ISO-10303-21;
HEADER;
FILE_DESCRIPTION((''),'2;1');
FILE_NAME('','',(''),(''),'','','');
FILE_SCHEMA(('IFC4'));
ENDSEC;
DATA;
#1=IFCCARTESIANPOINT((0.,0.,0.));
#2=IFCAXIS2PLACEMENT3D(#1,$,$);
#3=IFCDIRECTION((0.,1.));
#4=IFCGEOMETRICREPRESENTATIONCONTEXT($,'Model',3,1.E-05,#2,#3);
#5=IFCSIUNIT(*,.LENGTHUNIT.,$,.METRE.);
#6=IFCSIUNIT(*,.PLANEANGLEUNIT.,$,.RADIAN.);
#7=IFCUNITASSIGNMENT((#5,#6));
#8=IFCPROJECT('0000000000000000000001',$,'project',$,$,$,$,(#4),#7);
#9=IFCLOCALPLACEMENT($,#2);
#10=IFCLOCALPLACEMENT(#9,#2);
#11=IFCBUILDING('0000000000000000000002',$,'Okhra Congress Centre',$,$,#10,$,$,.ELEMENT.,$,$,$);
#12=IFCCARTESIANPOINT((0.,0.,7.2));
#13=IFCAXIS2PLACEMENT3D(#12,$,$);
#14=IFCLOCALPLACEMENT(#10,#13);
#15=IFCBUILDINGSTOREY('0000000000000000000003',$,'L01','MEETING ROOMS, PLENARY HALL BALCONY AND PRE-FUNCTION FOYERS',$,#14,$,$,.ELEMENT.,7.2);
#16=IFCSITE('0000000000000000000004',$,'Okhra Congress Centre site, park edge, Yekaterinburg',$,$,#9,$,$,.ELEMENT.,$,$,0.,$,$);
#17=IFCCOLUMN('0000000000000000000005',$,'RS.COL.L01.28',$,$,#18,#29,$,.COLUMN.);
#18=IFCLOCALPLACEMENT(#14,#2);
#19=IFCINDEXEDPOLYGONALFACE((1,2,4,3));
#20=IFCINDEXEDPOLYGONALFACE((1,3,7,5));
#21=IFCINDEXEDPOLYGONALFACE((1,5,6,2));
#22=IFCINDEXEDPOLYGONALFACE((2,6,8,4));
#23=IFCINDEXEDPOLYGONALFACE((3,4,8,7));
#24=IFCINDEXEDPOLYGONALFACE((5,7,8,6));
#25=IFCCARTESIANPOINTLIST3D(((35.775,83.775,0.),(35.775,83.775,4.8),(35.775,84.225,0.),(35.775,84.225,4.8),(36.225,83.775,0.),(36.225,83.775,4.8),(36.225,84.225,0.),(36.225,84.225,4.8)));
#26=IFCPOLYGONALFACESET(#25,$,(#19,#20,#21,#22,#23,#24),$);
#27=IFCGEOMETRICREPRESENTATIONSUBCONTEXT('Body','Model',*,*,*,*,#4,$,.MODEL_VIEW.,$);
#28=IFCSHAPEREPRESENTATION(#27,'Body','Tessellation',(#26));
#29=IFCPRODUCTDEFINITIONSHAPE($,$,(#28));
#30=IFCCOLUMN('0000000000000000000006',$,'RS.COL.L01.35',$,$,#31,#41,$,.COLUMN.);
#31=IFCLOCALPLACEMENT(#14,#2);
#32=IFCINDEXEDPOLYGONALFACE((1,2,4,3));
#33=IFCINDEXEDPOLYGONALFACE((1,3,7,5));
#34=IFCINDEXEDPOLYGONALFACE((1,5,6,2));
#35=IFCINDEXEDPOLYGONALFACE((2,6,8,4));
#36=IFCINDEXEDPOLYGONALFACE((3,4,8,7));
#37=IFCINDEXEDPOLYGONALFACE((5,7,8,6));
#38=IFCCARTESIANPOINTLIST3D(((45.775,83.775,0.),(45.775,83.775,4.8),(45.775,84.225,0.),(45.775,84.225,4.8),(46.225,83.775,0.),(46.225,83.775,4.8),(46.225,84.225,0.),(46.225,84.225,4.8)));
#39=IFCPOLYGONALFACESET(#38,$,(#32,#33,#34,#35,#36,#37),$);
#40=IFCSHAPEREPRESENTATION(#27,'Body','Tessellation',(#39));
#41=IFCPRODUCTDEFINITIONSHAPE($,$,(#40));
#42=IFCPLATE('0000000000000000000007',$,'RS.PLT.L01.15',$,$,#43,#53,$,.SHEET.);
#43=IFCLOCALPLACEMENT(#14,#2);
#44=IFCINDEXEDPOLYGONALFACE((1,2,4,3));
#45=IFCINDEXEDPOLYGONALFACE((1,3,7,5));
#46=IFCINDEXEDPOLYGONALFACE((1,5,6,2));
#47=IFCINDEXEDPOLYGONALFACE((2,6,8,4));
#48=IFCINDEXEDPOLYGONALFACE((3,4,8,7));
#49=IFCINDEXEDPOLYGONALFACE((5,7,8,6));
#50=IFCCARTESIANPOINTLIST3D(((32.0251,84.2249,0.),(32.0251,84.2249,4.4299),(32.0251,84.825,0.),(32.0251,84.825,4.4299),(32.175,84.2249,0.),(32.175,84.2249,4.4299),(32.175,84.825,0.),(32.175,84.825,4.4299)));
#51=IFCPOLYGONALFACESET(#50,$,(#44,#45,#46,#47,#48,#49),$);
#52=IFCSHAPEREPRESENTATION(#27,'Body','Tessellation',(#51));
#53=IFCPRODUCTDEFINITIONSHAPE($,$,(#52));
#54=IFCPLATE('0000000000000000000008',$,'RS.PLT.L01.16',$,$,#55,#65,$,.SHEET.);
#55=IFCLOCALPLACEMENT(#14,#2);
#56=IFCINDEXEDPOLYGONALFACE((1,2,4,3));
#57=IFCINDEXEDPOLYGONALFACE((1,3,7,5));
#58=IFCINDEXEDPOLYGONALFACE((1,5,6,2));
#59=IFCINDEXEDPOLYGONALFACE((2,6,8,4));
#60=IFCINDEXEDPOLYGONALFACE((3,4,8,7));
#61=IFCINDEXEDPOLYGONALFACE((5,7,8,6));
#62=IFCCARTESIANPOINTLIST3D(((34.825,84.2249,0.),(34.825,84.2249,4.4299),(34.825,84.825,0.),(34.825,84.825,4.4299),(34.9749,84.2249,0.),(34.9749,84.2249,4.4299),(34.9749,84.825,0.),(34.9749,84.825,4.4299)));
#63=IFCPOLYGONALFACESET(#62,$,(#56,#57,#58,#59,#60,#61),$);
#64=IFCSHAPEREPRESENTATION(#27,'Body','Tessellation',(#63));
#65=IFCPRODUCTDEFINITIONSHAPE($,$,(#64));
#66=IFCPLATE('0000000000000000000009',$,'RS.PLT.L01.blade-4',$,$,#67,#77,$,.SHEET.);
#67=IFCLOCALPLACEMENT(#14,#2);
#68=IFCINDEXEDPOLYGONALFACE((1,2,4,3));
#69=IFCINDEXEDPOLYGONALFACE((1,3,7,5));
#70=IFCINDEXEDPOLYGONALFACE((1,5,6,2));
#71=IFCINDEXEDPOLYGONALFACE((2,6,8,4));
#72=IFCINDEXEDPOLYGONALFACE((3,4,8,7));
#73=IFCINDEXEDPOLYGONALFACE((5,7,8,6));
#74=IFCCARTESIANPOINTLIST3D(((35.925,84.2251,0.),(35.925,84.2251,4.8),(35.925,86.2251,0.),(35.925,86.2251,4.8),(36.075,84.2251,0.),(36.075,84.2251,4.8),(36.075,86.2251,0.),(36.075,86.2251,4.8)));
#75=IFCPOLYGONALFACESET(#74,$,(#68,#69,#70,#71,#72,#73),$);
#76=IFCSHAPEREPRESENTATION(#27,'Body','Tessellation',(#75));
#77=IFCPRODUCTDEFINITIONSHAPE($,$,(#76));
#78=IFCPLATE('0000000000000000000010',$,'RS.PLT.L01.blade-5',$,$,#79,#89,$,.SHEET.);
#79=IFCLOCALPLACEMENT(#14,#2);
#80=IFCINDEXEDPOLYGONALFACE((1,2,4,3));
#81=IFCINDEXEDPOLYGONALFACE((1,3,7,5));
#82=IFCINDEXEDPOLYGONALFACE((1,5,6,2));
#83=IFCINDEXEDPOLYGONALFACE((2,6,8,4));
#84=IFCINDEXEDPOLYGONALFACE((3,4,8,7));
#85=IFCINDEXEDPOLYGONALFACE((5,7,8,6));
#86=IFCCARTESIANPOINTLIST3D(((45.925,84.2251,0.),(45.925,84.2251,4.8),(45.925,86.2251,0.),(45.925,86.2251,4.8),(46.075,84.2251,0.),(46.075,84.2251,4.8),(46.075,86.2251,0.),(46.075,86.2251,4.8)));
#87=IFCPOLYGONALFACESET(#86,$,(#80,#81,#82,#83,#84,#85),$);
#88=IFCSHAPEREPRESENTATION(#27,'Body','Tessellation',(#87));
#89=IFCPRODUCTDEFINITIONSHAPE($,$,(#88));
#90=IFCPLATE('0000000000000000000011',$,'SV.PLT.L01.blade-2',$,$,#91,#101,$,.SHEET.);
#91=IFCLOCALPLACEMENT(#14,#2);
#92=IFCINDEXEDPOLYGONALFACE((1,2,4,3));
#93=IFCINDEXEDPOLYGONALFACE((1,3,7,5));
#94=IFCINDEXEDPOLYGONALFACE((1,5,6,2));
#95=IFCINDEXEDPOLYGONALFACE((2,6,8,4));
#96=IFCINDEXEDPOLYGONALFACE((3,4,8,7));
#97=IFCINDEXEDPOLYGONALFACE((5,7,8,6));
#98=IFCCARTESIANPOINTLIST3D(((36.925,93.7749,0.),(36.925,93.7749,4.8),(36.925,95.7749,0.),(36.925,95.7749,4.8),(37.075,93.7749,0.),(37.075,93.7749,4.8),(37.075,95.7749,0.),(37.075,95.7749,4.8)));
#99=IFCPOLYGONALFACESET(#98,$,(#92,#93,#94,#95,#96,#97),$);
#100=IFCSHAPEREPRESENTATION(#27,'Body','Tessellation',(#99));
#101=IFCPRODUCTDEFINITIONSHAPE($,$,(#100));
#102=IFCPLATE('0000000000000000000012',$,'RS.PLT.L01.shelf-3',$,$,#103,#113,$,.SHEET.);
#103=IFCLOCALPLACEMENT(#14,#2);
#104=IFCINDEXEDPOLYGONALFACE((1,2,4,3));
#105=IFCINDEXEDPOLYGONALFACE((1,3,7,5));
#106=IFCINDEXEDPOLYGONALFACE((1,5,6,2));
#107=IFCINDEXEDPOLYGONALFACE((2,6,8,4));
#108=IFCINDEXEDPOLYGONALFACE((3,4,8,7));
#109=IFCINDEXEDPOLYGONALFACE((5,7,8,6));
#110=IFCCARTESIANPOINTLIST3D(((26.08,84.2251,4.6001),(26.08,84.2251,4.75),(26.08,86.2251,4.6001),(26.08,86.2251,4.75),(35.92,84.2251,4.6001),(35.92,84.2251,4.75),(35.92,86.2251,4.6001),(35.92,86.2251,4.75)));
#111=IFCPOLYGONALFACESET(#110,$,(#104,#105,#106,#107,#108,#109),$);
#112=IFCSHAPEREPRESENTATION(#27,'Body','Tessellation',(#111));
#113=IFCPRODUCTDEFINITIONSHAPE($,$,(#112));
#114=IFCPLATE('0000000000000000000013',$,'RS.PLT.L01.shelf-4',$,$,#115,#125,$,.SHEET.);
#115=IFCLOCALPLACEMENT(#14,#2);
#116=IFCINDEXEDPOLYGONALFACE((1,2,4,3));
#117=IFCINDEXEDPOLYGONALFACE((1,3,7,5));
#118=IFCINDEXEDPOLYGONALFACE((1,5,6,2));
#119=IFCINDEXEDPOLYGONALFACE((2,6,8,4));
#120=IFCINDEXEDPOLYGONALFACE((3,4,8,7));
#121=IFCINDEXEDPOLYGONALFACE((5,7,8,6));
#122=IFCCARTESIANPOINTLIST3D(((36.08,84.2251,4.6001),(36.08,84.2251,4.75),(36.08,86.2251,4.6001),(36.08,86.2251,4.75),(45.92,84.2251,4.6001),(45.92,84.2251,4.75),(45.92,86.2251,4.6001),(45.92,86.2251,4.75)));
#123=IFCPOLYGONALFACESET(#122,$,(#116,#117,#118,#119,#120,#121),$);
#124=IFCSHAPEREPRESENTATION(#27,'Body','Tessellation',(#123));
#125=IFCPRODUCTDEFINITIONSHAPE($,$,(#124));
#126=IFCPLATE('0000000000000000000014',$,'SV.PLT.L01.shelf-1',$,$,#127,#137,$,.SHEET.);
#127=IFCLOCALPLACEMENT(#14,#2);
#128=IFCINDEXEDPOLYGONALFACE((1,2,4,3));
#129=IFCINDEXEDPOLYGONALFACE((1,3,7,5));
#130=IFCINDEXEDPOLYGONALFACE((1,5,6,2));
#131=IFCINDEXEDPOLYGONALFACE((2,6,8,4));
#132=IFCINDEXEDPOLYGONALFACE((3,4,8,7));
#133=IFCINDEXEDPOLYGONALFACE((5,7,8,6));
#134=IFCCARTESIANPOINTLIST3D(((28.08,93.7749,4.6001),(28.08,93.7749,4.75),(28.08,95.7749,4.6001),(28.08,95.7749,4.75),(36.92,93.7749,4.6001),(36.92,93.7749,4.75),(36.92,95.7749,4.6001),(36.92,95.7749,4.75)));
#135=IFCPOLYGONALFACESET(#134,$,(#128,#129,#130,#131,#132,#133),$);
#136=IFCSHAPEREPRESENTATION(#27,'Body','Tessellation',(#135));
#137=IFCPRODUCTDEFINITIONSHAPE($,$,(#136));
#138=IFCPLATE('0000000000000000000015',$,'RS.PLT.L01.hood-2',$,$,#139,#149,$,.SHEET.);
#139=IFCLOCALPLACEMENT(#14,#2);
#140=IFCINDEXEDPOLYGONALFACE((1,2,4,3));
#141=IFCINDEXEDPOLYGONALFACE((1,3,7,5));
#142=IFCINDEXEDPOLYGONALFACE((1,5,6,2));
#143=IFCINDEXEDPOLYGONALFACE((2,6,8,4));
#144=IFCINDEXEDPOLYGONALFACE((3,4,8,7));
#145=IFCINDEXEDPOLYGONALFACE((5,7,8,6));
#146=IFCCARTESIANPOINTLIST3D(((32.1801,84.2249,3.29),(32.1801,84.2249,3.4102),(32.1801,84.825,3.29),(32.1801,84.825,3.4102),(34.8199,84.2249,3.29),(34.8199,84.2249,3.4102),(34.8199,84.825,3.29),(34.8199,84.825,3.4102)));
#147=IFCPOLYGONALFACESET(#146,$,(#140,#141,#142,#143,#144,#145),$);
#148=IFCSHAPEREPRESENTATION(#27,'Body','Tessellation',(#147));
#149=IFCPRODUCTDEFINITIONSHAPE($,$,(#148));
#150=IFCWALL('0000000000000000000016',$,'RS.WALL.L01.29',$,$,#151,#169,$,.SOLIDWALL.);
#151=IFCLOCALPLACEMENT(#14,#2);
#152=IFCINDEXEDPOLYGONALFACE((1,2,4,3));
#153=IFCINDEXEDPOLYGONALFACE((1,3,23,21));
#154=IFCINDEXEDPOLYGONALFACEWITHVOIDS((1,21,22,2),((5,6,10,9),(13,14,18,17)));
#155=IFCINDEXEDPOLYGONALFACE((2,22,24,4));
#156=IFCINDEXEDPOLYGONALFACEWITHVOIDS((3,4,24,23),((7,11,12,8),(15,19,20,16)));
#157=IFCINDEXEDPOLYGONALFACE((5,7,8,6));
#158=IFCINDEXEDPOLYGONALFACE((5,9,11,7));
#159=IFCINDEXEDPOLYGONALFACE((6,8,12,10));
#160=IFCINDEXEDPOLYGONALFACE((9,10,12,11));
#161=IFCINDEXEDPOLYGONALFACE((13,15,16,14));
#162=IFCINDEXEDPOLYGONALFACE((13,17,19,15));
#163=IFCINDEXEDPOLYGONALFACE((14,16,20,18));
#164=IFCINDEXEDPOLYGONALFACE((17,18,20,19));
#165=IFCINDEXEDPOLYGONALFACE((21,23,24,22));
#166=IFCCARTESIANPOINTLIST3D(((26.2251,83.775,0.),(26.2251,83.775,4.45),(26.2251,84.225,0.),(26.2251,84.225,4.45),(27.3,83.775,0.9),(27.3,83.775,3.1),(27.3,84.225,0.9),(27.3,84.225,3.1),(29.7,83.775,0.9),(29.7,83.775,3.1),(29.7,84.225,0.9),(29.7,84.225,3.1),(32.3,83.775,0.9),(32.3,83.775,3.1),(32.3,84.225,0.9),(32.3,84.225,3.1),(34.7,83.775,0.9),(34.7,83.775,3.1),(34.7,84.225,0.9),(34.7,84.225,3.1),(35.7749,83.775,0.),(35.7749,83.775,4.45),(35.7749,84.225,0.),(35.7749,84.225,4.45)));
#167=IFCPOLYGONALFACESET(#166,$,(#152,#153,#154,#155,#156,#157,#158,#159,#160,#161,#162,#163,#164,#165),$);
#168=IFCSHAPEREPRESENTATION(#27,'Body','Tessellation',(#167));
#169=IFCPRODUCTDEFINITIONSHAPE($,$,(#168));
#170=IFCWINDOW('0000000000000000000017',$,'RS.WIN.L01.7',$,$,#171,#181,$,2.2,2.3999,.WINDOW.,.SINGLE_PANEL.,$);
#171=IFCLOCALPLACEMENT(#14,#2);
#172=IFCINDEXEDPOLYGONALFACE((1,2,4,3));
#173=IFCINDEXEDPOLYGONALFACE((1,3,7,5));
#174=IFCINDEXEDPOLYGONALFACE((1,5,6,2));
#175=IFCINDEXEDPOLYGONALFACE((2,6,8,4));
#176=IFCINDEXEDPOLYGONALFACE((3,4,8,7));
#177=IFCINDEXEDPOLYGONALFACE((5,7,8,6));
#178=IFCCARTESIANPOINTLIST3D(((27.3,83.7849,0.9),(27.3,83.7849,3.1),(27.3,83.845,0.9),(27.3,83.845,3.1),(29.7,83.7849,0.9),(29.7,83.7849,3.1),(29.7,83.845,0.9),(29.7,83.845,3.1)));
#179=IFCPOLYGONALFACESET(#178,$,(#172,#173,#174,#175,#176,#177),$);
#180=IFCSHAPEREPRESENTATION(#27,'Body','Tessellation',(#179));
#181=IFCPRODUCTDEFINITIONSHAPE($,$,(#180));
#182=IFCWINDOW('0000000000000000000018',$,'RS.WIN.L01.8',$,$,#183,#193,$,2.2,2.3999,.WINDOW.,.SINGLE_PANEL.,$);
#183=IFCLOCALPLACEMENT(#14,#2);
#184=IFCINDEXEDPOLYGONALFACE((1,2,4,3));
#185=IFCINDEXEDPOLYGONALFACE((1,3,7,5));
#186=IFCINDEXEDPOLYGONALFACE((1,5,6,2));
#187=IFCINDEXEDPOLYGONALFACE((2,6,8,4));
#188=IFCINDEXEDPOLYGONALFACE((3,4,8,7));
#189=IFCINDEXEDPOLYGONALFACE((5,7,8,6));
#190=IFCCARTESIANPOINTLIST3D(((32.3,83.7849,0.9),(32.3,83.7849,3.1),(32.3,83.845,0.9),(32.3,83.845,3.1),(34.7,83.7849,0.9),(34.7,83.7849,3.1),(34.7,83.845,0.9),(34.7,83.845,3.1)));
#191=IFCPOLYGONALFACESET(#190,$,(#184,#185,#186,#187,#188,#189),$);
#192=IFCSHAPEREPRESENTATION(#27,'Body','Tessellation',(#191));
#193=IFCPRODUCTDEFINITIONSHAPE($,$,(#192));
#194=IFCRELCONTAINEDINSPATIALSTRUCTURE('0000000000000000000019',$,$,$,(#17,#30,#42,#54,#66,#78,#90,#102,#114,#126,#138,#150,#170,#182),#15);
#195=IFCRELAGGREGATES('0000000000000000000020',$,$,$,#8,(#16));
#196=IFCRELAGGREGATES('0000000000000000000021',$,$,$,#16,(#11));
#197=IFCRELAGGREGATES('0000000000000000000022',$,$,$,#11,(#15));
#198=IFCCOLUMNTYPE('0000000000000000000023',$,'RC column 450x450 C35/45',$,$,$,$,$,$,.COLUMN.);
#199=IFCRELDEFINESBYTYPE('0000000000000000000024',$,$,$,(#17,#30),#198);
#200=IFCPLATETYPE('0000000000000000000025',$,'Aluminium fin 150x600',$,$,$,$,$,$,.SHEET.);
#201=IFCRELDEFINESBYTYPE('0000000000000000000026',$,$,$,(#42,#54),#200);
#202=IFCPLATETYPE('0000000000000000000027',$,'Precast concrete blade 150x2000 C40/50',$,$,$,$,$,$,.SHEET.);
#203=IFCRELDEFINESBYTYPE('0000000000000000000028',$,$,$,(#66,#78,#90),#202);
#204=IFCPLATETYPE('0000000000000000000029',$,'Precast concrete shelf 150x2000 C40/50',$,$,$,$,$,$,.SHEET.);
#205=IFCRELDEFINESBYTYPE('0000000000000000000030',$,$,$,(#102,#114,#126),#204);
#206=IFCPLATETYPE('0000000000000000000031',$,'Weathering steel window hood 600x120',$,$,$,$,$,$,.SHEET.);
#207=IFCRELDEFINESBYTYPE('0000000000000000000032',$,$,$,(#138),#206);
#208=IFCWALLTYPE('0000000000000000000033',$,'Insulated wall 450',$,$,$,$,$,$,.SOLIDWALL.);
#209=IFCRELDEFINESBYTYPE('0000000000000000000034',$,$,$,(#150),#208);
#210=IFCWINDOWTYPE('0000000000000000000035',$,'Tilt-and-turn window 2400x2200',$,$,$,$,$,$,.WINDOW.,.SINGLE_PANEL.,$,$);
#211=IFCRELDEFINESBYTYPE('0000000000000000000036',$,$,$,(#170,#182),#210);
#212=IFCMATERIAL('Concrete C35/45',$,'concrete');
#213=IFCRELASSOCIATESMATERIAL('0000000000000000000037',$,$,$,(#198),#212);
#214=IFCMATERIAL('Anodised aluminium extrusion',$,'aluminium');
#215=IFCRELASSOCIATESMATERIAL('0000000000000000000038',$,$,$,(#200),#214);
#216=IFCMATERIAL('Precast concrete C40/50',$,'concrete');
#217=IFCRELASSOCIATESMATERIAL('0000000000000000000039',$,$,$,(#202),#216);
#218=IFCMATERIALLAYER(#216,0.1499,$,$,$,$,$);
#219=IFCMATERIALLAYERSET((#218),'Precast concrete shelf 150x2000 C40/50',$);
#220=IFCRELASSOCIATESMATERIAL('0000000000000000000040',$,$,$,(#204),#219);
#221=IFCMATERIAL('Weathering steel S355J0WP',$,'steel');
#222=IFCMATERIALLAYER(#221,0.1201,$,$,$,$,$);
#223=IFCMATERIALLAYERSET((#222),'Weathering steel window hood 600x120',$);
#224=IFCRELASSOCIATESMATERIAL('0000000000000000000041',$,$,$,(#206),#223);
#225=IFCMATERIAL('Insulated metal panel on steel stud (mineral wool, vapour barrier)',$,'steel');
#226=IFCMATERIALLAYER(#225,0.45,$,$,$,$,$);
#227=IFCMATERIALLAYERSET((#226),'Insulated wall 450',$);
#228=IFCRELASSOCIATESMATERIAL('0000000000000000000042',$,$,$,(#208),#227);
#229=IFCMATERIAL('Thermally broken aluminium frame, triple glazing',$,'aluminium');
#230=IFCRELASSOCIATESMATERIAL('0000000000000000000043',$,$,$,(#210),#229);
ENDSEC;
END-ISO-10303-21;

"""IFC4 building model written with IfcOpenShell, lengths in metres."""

from ifc_helpers import new_model, si_unit, direction, frame, frame_2d, origin, origin_2d, place, context, subcontext, project, spatial, rectangle, extrude, material, layer, layer_set, material_profile, profile_set, type_object, element, fill, save


model = new_model("IFC4")

# Units and contexts
model_context = context("Model", 3, precision=1e-05, world=origin(), true_north=direction((0.0, 1.0)))
body_context = subcontext(model_context, "Body", "Model", "MODEL_VIEW")
ifc_project = project(units=[si_unit("LENGTHUNIT", "METRE"), si_unit("PLANEANGLEUNIT", "RADIAN")], contexts=[model_context])

# Site, building, storey
site_placement = place(None, origin())
site = spatial("IfcSite", under=ifc_project, at=site_placement, Name="Okhra Congress Centre site, park edge, Yekaterinburg", CompositionType="ELEMENT", RefElevation=0.0)
building_placement = place(site_placement, origin())
building = spatial("IfcBuilding", under=site, at=building_placement, Name="Okhra Congress Centre", CompositionType="ELEMENT")
storey_placement = place(building_placement, frame((0.0, 0.0, 7.2)))
storey = spatial("IfcBuildingStorey", under=building, at=storey_placement, Name="L01", Description="MEETING ROOMS, PLENARY HALL BALCONY AND PRE-FUNCTION FOYERS", CompositionType="ELEMENT", Elevation=7.2)

# Columns
ifc_material_1 = material(Name="Concrete C35/45", Category="concrete")
ifc_material_profile = material_profile(ifc_material_1, rectangle(XDim=0.45, YDim=0.45, at=origin_2d()), Name="RC 450x450")
ifc_profile_set = profile_set([ifc_material_profile], Name="Concrete C35/45")
column_type = type_object("IfcColumnType", Name="RC column 450x450 C35/45", PredefinedType="COLUMN", material=ifc_profile_set)
for number, where, z_axis, x_axis, name in (
    (1, (36.0, 84.0, 0.0), (0.0, 0.0, 1.0), (1.0, 0.0, 0.0), "RS.COL.L01.28"),
    (2, (46.0, 84.0, 0.0), (0.0, 0.0, 1.0), (1.0, 0.0, 0.0), "RS.COL.L01.35"),
):
    element("IfcColumn", number, at=place(storey_placement, frame(where, z_axis=z_axis, x_axis=x_axis)), inside=storey, type_object=column_type, Name=name, PredefinedType="COLUMN", context=body_context, shape_type="SweptSolid", body=[
        extrude(rectangle(XDim=0.45, YDim=0.45, at=origin_2d()), origin(), (0.0, 0.0, 1.0), 4.8),
    ])

# Plates
ifc_material_2 = material(Name="Anodised aluminium extrusion", Category="aluminium")
plate_type_1 = type_object("IfcPlateType", Name="Aluminium fin 150x600", PredefinedType="SHEET", material=ifc_material_2)
for number, where, z_axis, x_axis, name in (
    (3, (32.1001, 84.5249, 0.0), (0.0, 0.0, 1.0), (-1.0, 0.0, 0.0), "RS.PLT.L01.15"),
    (4, (34.8999, 84.5249, 0.0), (0.0, 0.0, 1.0), (-1.0, 0.0, 0.0), "RS.PLT.L01.16"),
):
    element("IfcPlate", number, at=place(storey_placement, frame(where, z_axis=z_axis, x_axis=x_axis)), inside=storey, type_object=plate_type_1, Name=name, PredefinedType="SHEET", context=body_context, shape_type="SweptSolid", body=[
        extrude(rectangle(XDim=0.1499, YDim=0.6001, at=origin_2d()), origin(), (0.0, 0.0, 1.0), 4.4299),
    ])
ifc_material_3 = material(Name="Precast concrete C40/50", Category="concrete")
plate_type_2 = type_object("IfcPlateType", Name="Precast concrete blade 150x2000 C40/50", PredefinedType="SHEET", material=ifc_material_3)
for number, where, z_axis, x_axis, name in (
    (5, (36.0, 85.2251, 0.0), (0.0, 0.0, 1.0), (-1.0, 0.0, 0.0), "RS.PLT.L01.blade-4"),
    (6, (46.0, 85.2251, 0.0), (0.0, 0.0, 1.0), (-1.0, 0.0, 0.0), "RS.PLT.L01.blade-5"),
    (7, (37.0, 94.7749, 0.0), (0.0, 0.0, 1.0), (1.0, 0.0, 0.0), "SV.PLT.L01.blade-2"),
):
    element("IfcPlate", number, at=place(storey_placement, frame(where, z_axis=z_axis, x_axis=x_axis)), inside=storey, type_object=plate_type_2, Name=name, PredefinedType="SHEET", context=body_context, shape_type="SweptSolid", body=[
        extrude(rectangle(XDim=0.1499, YDim=2.0, at=origin_2d()), origin(), (0.0, 0.0, 1.0), 4.8),
    ])
ifc_layer_1 = layer(ifc_material_3, 0.1499)
ifc_layer_set_1 = layer_set([ifc_layer_1], Name="Precast concrete shelf 150x2000 C40/50")
plate_type_3 = type_object("IfcPlateType", Name="Precast concrete shelf 150x2000 C40/50", PredefinedType="SHEET", material=ifc_layer_set_1)
for number, where, z_axis, x_axis, name in (
    (8, (31.0, 85.2251, 4.6001), (0.0, 0.0, 1.0), (-1.0, 0.0, 0.0), "RS.PLT.L01.shelf-3"),
    (9, (41.0, 85.2251, 4.6001), (0.0, 0.0, 1.0), (-1.0, 0.0, 0.0), "RS.PLT.L01.shelf-4"),
):
    element("IfcPlate", number, at=place(storey_placement, frame(where, z_axis=z_axis, x_axis=x_axis)), inside=storey, type_object=plate_type_3, Name=name, PredefinedType="SHEET", context=body_context, shape_type="SweptSolid", body=[
        extrude(rectangle(XDim=9.8401, YDim=2.0, at=origin_2d()), origin(), (0.0, 0.0, 1.0), 0.1499),
    ])
plate_1_placement = place(storey_placement, frame((32.5, 94.7749, 4.6001), z_axis=(0.0, 0.0, 1.0), x_axis=(1.0, 0.0, 0.0)))
element("IfcPlate", 10, at=plate_1_placement, inside=storey, type_object=plate_type_3, Name="SV.PLT.L01.shelf-1", PredefinedType="SHEET", context=body_context, shape_type="SweptSolid", body=[
    extrude(rectangle(XDim=8.8401, YDim=2.0, at=origin_2d()), origin(), (0.0, 0.0, 1.0), 0.1499),
])
ifc_material_4 = material(Name="Weathering steel S355J0WP", Category="steel")
ifc_layer_2 = layer(ifc_material_4, 0.1201)
ifc_layer_set_2 = layer_set([ifc_layer_2], Name="Weathering steel window hood 600x120")
plate_type_4 = type_object("IfcPlateType", Name="Weathering steel window hood 600x120", PredefinedType="SHEET", material=ifc_layer_set_2)
plate_2_placement = place(storey_placement, frame((33.5, 84.5249, 3.29), z_axis=(0.0, 0.0, 1.0), x_axis=(-1.0, 0.0, 0.0)))
element("IfcPlate", 11, at=plate_2_placement, inside=storey, type_object=plate_type_4, Name="RS.PLT.L01.hood-2", PredefinedType="SHEET", context=body_context, shape_type="SweptSolid", body=[
    extrude(rectangle(XDim=2.6399, YDim=0.6001, at=origin_2d()), origin(), (0.0, 0.0, 1.0), 0.1201),
])

# Wall, openings, windows
ifc_material_5 = material(Name="Insulated metal panel on steel stud (mineral wool, vapour barrier)", Category="steel")
ifc_layer_3 = layer(ifc_material_5, 0.45)
ifc_layer_set_3 = layer_set([ifc_layer_3], Name="Insulated wall 450")
wall_type_1 = type_object("IfcWallType", Name="Insulated wall 450", PredefinedType="SOLIDWALL", material=ifc_layer_set_3)
wall_1_placement = place(storey_placement, frame((35.7749, 84.0, 0.0), z_axis=(0.0, 0.0, 1.0), x_axis=(-1.0, 0.0, 0.0)))
wall_1 = element("IfcWall", 12, at=wall_1_placement, inside=storey, type_object=wall_type_1, Name="RS.WALL.L01.29", PredefinedType="SOLIDWALL", context=body_context, shape_type="SweptSolid", body=[
    extrude(rectangle(XDim=9.5498, YDim=0.45, at=frame_2d((4.7749, 0.0))), origin(), (0.0, 0.0, 1.0), 4.45),
])
opening_1_placement = place(wall_1_placement, frame((6.075, 0.0, 0.8999)))
opening_1 = element("IfcOpeningElement", 13, at=opening_1_placement, cuts=wall_1, PredefinedType="OPENING", context=body_context, shape_type="SweptSolid", body=[
    extrude(rectangle(XDim=2.3999, YDim=2.2, at=frame_2d((1.2, 1.1001))), frame((0.0, 0.2349, 0.0), z_axis=(0.0, -1.0, 0.0), x_axis=(1.0, 0.0, 0.0)), (0.0, 0.0, 1.0), 0.47),
])
opening_2_placement = place(wall_1_placement, frame((1.075, 0.0, 0.8999)))
opening_2 = element("IfcOpeningElement", 14, at=opening_2_placement, cuts=wall_1, PredefinedType="OPENING", context=body_context, shape_type="SweptSolid", body=[
    extrude(rectangle(XDim=2.3999, YDim=2.2, at=frame_2d((1.2, 1.1001))), frame((0.0, 0.2349, 0.0), z_axis=(0.0, -1.0, 0.0), x_axis=(1.0, 0.0, 0.0)), (0.0, 0.0, 1.0), 0.47),
])
ifc_material_6 = material(Name="Thermally broken aluminium frame, triple glazing", Category="aluminium")
window_type = type_object("IfcWindowType", Name="Tilt-and-turn window 2400x2200", PartitioningType="SINGLE_PANEL", PredefinedType="WINDOW", material=ifc_material_6)
window_1_placement = place(opening_1_placement, origin())
window_1 = element("IfcWindow", 15, at=window_1_placement, inside=storey, type_object=window_type, Name="RS.WIN.L01.7", OverallHeight=2.2, OverallWidth=2.3999, PartitioningType="SINGLE_PANEL", PredefinedType="WINDOW", context=body_context, shape_type="SweptSolid", body=[
    extrude(rectangle(XDim=2.3999, YDim=2.2, at=frame_2d((1.2, 1.1001))), frame((0.0, 0.2151, 0.0), z_axis=(0.0, -1.0, 0.0), x_axis=(1.0, 0.0, 0.0)), (0.0, 0.0, 1.0), 0.0601),
])
fill(opening_1, window_1)
window_2_placement = place(opening_2_placement, origin())
window_2 = element("IfcWindow", 16, at=window_2_placement, inside=storey, type_object=window_type, Name="RS.WIN.L01.8", OverallHeight=2.2, OverallWidth=2.3999, PartitioningType="SINGLE_PANEL", PredefinedType="WINDOW", context=body_context, shape_type="SweptSolid", body=[
    extrude(rectangle(XDim=2.3999, YDim=2.2, at=frame_2d((1.2, 1.1001))), frame((0.0, 0.2151, 0.0), z_axis=(0.0, -1.0, 0.0), x_axis=(1.0, 0.0, 0.0)), (0.0, 0.0, 1.0), 0.0601),
])
fill(opening_2, window_2)

save(model, "model.ifc")
